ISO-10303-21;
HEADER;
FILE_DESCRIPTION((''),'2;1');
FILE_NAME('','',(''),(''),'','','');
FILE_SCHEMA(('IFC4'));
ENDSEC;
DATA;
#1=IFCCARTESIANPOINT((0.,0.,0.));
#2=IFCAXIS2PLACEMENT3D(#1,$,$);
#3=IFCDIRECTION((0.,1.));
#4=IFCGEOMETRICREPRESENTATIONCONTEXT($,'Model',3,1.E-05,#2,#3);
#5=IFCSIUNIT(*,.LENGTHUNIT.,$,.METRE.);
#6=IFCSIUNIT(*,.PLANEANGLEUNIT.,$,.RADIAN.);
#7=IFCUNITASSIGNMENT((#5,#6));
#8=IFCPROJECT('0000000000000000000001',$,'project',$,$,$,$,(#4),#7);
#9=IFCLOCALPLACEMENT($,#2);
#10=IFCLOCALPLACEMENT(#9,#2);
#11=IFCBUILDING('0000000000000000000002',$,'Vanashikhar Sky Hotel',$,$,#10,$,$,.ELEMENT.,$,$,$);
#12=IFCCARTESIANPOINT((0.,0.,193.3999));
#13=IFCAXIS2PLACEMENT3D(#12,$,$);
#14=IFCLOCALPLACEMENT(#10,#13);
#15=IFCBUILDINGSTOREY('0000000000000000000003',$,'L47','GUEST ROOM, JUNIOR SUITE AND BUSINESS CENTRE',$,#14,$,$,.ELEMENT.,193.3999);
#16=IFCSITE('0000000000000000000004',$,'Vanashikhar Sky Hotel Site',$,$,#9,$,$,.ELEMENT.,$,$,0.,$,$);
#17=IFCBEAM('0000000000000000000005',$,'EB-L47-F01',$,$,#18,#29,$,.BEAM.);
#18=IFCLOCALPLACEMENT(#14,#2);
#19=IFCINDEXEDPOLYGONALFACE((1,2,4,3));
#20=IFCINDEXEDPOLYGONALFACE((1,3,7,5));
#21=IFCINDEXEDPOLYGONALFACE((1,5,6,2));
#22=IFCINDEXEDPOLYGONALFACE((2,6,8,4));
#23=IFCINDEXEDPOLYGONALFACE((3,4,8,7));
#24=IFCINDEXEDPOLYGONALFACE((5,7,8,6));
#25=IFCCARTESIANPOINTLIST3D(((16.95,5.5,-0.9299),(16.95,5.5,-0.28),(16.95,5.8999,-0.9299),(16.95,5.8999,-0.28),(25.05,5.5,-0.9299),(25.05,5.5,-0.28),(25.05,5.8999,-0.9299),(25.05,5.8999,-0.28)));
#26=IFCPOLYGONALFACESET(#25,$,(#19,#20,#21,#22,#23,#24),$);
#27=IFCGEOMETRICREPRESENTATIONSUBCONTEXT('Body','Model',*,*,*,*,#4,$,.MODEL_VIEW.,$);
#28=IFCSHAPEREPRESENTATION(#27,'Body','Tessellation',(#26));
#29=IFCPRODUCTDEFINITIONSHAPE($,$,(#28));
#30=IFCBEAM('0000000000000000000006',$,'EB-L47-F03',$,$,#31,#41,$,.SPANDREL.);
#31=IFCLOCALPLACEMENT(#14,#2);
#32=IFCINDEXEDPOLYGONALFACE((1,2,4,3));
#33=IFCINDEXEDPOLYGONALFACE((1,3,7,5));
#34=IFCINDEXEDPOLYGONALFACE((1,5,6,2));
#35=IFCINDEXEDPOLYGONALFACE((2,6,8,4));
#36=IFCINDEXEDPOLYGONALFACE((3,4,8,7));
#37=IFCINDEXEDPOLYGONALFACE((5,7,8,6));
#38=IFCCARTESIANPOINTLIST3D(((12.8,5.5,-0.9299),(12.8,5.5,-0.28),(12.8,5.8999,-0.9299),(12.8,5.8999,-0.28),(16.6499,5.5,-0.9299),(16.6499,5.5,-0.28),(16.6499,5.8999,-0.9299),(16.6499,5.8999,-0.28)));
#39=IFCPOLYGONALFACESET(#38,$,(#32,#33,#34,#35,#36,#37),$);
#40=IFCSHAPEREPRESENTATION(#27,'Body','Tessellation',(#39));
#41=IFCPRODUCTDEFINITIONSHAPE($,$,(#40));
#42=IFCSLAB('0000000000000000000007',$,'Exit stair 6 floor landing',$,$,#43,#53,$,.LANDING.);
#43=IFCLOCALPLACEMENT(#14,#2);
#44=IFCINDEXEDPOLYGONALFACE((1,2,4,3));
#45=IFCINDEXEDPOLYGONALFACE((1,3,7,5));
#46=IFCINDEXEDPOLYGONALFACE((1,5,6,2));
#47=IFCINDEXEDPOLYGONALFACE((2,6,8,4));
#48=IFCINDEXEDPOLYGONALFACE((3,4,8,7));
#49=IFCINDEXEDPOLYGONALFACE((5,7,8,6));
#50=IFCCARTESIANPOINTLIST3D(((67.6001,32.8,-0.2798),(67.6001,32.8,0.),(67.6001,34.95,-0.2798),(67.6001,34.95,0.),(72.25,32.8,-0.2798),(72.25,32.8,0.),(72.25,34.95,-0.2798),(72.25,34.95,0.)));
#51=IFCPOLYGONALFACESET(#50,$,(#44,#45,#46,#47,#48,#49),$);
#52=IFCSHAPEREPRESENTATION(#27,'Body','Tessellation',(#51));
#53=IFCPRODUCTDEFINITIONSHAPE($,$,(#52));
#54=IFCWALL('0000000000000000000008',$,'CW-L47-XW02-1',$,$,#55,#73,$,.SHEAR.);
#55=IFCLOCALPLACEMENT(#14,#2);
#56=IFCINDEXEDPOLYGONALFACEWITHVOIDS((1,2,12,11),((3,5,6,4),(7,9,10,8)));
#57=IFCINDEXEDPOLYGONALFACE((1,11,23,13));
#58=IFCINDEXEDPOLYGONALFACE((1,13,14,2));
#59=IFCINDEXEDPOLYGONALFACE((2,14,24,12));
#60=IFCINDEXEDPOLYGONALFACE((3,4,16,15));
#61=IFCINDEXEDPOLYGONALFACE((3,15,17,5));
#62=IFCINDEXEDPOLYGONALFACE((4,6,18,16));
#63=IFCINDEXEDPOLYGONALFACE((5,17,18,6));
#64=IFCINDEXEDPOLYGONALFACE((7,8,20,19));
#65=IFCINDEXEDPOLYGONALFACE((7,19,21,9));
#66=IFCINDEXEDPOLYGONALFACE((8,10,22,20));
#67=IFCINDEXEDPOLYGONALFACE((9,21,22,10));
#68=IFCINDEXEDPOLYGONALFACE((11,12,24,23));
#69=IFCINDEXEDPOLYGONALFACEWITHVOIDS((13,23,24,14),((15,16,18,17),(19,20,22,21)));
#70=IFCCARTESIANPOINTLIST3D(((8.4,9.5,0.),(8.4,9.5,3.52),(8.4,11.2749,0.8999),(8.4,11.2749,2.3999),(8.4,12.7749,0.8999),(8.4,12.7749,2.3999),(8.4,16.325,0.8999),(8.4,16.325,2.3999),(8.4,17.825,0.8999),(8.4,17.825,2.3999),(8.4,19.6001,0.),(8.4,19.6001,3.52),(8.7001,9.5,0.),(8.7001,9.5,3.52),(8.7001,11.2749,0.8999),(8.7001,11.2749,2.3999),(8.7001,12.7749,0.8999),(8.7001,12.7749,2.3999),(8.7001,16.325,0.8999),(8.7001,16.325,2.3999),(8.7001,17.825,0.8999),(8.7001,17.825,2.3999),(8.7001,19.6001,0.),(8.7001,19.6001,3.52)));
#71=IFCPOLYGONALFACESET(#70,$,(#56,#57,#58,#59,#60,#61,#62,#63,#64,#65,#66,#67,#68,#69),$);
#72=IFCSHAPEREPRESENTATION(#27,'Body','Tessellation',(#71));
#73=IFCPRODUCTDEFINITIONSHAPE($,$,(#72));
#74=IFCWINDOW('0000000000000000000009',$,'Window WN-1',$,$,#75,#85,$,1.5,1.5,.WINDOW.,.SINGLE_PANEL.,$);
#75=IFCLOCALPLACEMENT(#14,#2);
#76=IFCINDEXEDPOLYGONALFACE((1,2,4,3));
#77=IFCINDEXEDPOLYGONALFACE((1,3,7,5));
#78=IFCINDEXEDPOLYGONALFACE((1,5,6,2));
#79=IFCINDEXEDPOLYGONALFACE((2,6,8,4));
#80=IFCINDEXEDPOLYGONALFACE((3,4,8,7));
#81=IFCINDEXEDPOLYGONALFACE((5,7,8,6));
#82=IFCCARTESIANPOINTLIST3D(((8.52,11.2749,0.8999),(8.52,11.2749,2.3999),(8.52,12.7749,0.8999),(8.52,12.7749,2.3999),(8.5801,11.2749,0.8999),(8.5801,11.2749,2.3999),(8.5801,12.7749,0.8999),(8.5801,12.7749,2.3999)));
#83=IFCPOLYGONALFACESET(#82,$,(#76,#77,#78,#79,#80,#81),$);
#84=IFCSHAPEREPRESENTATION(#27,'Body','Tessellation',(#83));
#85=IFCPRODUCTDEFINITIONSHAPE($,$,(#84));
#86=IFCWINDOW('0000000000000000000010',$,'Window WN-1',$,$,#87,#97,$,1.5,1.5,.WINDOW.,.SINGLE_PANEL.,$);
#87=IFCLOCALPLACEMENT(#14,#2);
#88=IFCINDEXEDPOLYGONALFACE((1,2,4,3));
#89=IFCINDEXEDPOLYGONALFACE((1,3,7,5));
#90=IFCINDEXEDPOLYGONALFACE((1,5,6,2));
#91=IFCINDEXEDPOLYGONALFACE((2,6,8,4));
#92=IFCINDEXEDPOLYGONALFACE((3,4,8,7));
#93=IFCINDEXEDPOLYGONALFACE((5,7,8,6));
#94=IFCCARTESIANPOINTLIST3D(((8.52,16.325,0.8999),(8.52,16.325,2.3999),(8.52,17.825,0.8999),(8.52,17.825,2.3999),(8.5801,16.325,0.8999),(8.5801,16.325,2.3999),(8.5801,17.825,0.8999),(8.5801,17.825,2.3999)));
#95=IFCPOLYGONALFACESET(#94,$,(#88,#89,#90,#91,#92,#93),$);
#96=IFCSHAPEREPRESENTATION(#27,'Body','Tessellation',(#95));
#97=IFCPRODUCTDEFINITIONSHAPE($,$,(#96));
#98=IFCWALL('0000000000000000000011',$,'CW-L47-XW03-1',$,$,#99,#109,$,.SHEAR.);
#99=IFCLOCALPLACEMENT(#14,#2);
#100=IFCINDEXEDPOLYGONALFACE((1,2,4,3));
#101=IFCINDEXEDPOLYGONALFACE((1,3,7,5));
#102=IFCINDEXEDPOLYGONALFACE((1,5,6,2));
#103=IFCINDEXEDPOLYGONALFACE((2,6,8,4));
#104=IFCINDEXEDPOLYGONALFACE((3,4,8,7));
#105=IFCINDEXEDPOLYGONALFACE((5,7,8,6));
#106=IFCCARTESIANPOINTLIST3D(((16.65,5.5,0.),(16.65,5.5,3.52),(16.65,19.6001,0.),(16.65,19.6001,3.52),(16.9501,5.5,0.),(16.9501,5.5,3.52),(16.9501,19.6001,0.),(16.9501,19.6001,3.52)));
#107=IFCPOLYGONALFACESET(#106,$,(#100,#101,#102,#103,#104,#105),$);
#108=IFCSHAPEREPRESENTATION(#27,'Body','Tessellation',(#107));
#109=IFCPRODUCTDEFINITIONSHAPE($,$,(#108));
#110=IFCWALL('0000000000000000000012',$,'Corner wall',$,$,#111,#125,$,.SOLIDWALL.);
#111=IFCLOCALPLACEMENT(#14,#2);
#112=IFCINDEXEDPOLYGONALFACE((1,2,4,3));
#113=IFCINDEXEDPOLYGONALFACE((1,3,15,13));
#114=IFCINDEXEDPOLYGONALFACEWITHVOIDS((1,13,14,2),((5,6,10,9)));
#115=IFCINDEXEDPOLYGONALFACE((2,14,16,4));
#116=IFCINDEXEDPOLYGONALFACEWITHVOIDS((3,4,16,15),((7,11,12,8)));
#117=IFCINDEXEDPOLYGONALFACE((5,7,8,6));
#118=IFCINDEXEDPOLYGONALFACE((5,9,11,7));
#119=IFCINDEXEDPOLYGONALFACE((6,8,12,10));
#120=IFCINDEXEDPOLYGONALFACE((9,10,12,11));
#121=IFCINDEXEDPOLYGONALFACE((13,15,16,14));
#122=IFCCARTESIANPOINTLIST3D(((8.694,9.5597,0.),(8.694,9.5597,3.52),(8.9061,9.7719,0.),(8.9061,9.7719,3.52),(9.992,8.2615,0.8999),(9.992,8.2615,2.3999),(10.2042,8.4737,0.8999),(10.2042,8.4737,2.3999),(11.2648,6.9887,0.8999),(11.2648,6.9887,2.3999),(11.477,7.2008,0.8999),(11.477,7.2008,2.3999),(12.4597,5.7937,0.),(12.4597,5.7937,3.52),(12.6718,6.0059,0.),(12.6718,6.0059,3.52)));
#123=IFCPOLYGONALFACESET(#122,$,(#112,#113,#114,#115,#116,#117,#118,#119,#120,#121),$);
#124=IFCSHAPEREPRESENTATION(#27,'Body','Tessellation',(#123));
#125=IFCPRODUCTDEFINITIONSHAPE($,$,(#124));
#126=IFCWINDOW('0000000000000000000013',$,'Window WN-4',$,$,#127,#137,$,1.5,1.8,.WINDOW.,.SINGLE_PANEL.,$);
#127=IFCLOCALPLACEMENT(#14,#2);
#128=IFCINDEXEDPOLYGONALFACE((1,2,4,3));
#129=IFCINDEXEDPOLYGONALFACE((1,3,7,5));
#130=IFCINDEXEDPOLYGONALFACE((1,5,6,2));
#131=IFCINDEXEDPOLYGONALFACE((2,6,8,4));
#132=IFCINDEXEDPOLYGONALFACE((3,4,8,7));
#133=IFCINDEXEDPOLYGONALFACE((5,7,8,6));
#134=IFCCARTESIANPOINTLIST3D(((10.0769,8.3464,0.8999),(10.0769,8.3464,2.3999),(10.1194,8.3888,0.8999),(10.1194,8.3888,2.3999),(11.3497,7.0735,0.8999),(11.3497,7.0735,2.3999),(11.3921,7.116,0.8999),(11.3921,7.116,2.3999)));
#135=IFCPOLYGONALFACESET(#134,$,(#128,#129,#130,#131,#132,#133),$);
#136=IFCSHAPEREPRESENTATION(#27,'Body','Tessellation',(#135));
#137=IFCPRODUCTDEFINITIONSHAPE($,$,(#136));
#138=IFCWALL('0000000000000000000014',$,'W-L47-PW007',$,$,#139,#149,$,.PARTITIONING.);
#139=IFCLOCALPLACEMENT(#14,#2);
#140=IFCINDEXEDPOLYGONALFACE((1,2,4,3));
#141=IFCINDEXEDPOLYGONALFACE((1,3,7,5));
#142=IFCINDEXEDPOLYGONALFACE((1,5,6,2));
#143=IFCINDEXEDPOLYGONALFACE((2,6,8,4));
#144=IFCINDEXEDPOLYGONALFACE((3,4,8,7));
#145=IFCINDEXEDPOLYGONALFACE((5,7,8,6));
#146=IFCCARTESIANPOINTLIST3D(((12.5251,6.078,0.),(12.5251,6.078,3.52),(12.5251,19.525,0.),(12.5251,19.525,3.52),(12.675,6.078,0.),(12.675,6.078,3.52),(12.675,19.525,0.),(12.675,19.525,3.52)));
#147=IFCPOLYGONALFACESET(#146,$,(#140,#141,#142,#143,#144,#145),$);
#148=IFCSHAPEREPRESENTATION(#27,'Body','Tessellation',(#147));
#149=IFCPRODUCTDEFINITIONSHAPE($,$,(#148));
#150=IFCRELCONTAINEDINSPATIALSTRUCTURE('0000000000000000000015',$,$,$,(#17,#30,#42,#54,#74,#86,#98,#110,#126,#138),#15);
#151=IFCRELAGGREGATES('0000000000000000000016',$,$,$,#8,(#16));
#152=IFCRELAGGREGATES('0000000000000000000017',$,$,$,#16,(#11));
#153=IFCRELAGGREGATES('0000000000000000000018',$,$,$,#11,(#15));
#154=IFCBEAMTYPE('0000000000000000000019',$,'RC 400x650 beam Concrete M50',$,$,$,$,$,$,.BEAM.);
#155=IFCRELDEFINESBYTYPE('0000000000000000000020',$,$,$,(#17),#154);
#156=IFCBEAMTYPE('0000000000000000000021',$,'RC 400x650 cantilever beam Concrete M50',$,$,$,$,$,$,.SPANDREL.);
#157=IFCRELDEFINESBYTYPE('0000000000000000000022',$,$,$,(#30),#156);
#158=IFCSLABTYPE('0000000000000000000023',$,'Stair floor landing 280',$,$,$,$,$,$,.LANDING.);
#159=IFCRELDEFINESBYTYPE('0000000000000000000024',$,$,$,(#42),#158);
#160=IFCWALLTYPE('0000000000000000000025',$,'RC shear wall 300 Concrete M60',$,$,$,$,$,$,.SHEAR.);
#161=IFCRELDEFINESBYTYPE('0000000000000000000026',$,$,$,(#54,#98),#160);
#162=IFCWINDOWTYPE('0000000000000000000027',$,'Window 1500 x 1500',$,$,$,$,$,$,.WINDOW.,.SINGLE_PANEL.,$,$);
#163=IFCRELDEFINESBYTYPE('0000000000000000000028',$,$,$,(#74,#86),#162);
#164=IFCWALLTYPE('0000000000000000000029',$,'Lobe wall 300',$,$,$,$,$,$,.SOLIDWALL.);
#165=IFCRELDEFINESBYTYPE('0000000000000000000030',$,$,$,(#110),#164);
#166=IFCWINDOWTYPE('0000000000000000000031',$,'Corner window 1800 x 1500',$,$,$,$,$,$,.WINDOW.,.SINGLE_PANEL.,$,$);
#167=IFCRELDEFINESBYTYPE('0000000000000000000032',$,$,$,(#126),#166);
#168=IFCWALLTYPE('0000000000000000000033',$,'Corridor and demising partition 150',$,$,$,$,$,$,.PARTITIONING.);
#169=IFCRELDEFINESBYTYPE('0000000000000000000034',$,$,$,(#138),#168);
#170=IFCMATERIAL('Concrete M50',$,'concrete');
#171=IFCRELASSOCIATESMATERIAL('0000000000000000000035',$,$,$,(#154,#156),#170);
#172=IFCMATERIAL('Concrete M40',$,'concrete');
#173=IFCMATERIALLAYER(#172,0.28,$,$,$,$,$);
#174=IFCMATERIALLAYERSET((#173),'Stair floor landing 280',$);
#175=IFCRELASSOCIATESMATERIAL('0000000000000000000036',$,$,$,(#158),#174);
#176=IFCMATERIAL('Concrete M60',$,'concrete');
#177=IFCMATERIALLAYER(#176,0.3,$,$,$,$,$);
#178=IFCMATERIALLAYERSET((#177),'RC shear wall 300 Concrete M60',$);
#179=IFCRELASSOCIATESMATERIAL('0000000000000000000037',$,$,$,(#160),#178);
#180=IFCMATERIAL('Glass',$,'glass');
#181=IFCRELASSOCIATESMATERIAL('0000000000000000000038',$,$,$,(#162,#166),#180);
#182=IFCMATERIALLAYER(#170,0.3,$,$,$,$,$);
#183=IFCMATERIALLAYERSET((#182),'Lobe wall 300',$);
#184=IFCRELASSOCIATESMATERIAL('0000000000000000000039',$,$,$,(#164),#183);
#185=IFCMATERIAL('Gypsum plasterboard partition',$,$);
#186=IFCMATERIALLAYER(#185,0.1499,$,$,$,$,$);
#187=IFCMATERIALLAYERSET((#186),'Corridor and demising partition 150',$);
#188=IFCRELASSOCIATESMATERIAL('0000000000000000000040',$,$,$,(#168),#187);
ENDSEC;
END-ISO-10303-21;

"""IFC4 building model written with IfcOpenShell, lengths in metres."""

from ifc_helpers import new_model, si_unit, direction, frame, frame_2d, origin, origin_2d, place, context, subcontext, project, spatial, polyline, rectangle, outline, extrude, source, transform, mapped, material, layer, layer_set, material_profile, profile_set, type_object, element, fill, save


model = new_model("IFC4")

# Units and contexts
model_context = context("Model", 3, precision=1e-05, world=origin(), true_north=direction((0.0, 1.0)))
body_context = subcontext(model_context, "Body", "Model", "MODEL_VIEW")
ifc_project = project(units=[si_unit("LENGTHUNIT", "METRE"), si_unit("PLANEANGLEUNIT", "RADIAN")], contexts=[model_context])

# Site, building, storey
site_placement = place(None, origin())
site = spatial("IfcSite", under=ifc_project, at=site_placement, Name="Vanashikhar Sky Hotel Site", CompositionType="ELEMENT", RefElevation=0.0)
building_placement = place(site_placement, origin())
building = spatial("IfcBuilding", under=site, at=building_placement, Name="Vanashikhar Sky Hotel", CompositionType="ELEMENT")
storey_placement = place(building_placement, frame((0.0, 0.0, 193.3999)))
storey = spatial("IfcBuildingStorey", under=building, at=storey_placement, Name="L47", Description="GUEST ROOM, JUNIOR SUITE AND BUSINESS CENTRE", CompositionType="ELEMENT", Elevation=193.3999)

# Beams
ifc_material_1 = material(Name="Concrete M50", Category="concrete")
ifc_material_profile_1 = material_profile(ifc_material_1, rectangle(XDim=0.3999, YDim=0.6499, at=origin_2d()))
ifc_profile_set_1 = profile_set([ifc_material_profile_1], Name="RC 400x650 beam Concrete M50")
beam_type_1 = type_object("IfcBeamType", Name="RC 400x650 beam Concrete M50", PredefinedType="BEAM", material=ifc_profile_set_1)
shared_shape_1 = source(origin(), body_context, "Body", "SweptSolid", [
    extrude(rectangle(XDim=0.3999, YDim=0.6499, at=origin_2d()), origin(), (0.0, 0.0, 1.0), 8.1001),
])
beam_1_placement = place(storey_placement, frame((16.95, 5.7, -0.605), z_axis=(1.0, 0.0, 0.0), x_axis=(0.0, 1.0, 0.0)))
element("IfcBeam", 1, at=beam_1_placement, inside=storey, type_object=beam_type_1, Name="EB-L47-F01", PredefinedType="BEAM", context=body_context, shape_type="MappedRepresentation", body=[
    mapped(shared_shape_1, transform((0.0, 0.0, 0.0), scale=1.0)),
])
ifc_material_profile_2 = material_profile(ifc_material_1, rectangle(XDim=0.3999, YDim=0.6499, at=origin_2d()))
ifc_profile_set_2 = profile_set([ifc_material_profile_2], Name="RC 400x650 cantilever beam Concrete M50")
beam_type_2 = type_object("IfcBeamType", Name="RC 400x650 cantilever beam Concrete M50", PredefinedType="SPANDREL", material=ifc_profile_set_2)
shared_shape_2 = source(origin(), body_context, "Body", "SweptSolid", [
    extrude(rectangle(XDim=0.3999, YDim=0.6499, at=origin_2d()), origin(), (0.0, 0.0, 1.0), 3.8499),
])
beam_2_placement = place(storey_placement, frame((12.8, 5.7, -0.605), z_axis=(1.0, 0.0, 0.0), x_axis=(0.0, 1.0, 0.0)))
element("IfcBeam", 2, at=beam_2_placement, inside=storey, type_object=beam_type_2, Name="EB-L47-F03", PredefinedType="SPANDREL", context=body_context, shape_type="MappedRepresentation", body=[
    mapped(shared_shape_2, transform((0.0, 0.0, 0.0), scale=1.0)),
])

# Slab
ifc_material_2 = material(Name="Concrete M40", Category="concrete")
ifc_layer_1 = layer(ifc_material_2, 0.28)
ifc_layer_set_1 = layer_set([ifc_layer_1], Name="Stair floor landing 280")
slab_type = type_object("IfcSlabType", Name="Stair floor landing 280", PredefinedType="LANDING", material=ifc_layer_set_1)
shared_shape_3 = source(origin(), body_context, "Body", "SweptSolid", [
    extrude(outline(polyline([(72.25, 32.8), (72.25, 34.95), (67.6001, 34.95), (67.6001, 32.8), (72.25, 32.8)])), origin(), (0.0, 0.0, 1.0), 0.2798),
])
slab_placement = place(storey_placement, frame((0.0, 0.0, -0.2798)))
element("IfcSlab", 3, at=slab_placement, inside=storey, type_object=slab_type, Name="Exit stair 6 floor landing", PredefinedType="LANDING", context=body_context, shape_type="MappedRepresentation", body=[
    mapped(shared_shape_3, transform((0.0, 0.0, 0.0), scale=1.0)),
])

# Wall, openings, windows
ifc_material_3 = material(Name="Concrete M60", Category="concrete")
ifc_layer_2 = layer(ifc_material_3, 0.3)
ifc_layer_set_2 = layer_set([ifc_layer_2], Name="RC shear wall 300 Concrete M60")
wall_type_1 = type_object("IfcWallType", Name="RC shear wall 300 Concrete M60", PredefinedType="SHEAR", material=ifc_layer_set_2)
shared_shape_4 = source(origin(), body_context, "Body", "SweptSolid", [
    extrude(rectangle(XDim=10.1001, YDim=0.3, at=frame_2d((5.05, 0.0))), origin(), (0.0, 0.0, 1.0), 3.52),
])
wall_1_placement = place(storey_placement, frame((8.55, 9.5, 0.0), z_axis=(0.0, 0.0, 1.0), x_axis=(0.0, 1.0, 0.0)))
wall_1 = element("IfcWall", 4, at=wall_1_placement, inside=storey, type_object=wall_type_1, Name="CW-L47-XW02-1", PredefinedType="SHEAR", context=body_context, shape_type="MappedRepresentation", body=[
    mapped(shared_shape_4, transform((0.0, 0.0, 0.0), scale=1.0)),
])
shared_shape_5 = source(origin(), body_context, "Body", "SweptSolid", [
    extrude(rectangle(XDim=1.5, YDim=1.5, at=frame_2d((0.75, 0.75))), frame((0.0, 0.1602, 0.0), z_axis=(0.0, -1.0, 0.0), x_axis=(1.0, 0.0, 0.0)), (0.0, 0.0, 1.0), 0.3201),
])
opening_1_placement = place(wall_1_placement, frame((1.7749, 0.0, 0.8999)))
opening_1 = element("IfcOpeningElement", 5, at=opening_1_placement, cuts=wall_1, PredefinedType="OPENING", context=body_context, shape_type="MappedRepresentation", body=[
    mapped(shared_shape_5, transform((0.0, 0.0, 0.0), scale=1.0)),
])
opening_2_placement = place(wall_1_placement, frame((6.825, 0.0, 0.8999)))
opening_2 = element("IfcOpeningElement", 6, at=opening_2_placement, cuts=wall_1, PredefinedType="OPENING", context=body_context, shape_type="MappedRepresentation", body=[
    mapped(shared_shape_5, transform((0.0, 0.0, 0.0), scale=1.0)),
])
ifc_material_4 = material(Name="Glass", Category="glass")
window_type_1 = type_object("IfcWindowType", Name="Window 1500 x 1500", PartitioningType="SINGLE_PANEL", PredefinedType="WINDOW", material=ifc_material_4)
shared_shape_6 = source(origin(), body_context, "Body", "SweptSolid", [
    extrude(rectangle(XDim=1.5, YDim=1.5, at=frame_2d((0.75, 0.75))), frame((0.0, 0.03, 0.0), z_axis=(0.0, -1.0, 0.0), x_axis=(1.0, 0.0, 0.0)), (0.0, 0.0, 1.0), 0.0601),
])
window_1_placement = place(opening_1_placement, origin())
window_1 = element("IfcWindow", 7, at=window_1_placement, inside=storey, type_object=window_type_1, Name="Window WN-1", OverallHeight=1.5, OverallWidth=1.5, PartitioningType="SINGLE_PANEL", PredefinedType="WINDOW", context=body_context, shape_type="MappedRepresentation", body=[
    mapped(shared_shape_6, transform((0.0, 0.0, 0.0), scale=1.0)),
])
fill(opening_1, window_1)
window_2_placement = place(opening_2_placement, origin())
window_2 = element("IfcWindow", 8, at=window_2_placement, inside=storey, type_object=window_type_1, Name="Window WN-1", OverallHeight=1.5, OverallWidth=1.5, PartitioningType="SINGLE_PANEL", PredefinedType="WINDOW", context=body_context, shape_type="MappedRepresentation", body=[
    mapped(shared_shape_6, transform((0.0, 0.0, 0.0), scale=1.0)),
])
fill(opening_2, window_2)

# Wall
shared_shape_7 = source(origin(), body_context, "Body", "SweptSolid", [
    extrude(rectangle(XDim=14.1001, YDim=0.3, at=frame_2d((7.05, 0.0))), origin(), (0.0, 0.0, 1.0), 3.52),
])
wall_2_placement = place(storey_placement, frame((16.8, 5.5, 0.0), z_axis=(0.0, 0.0, 1.0), x_axis=(0.0, 1.0, 0.0)))
element("IfcWall", 9, at=wall_2_placement, inside=storey, type_object=wall_type_1, Name="CW-L47-XW03-1", PredefinedType="SHEAR", context=body_context, shape_type="MappedRepresentation", body=[
    mapped(shared_shape_7, transform((0.0, 0.0, 0.0), scale=1.0)),
])

# Wall, opening, window
ifc_layer_3 = layer(ifc_material_1, 0.3)
ifc_layer_set_3 = layer_set([ifc_layer_3], Name="Lobe wall 300")
wall_type_2 = type_object("IfcWallType", Name="Lobe wall 300", PredefinedType="SOLIDWALL", material=ifc_layer_set_3)
shared_shape_8 = source(origin(), body_context, "Body", "SweptSolid", [
    extrude(rectangle(XDim=5.3257, YDim=0.3, at=frame_2d((2.6628, 0.0))), origin(), (0.0, 0.0, 1.0), 3.52),
])
wall_3_placement = place(storey_placement, frame((8.8, 9.6658, 0.0), z_axis=(0.0, 0.0, 1.0), x_axis=(0.707084, -0.70713, 0.0)))
wall_3 = element("IfcWall", 10, at=wall_3_placement, inside=storey, type_object=wall_type_2, Name="Corner wall", PredefinedType="SOLIDWALL", context=body_context, shape_type="MappedRepresentation", body=[
    mapped(shared_shape_8, transform((0.0, 0.0, 0.0), scale=1.0)),
])
shared_shape_9 = source(origin(), body_context, "Body", "SweptSolid", [
    extrude(rectangle(XDim=1.8, YDim=1.5, at=frame_2d((0.8999, 0.75))), frame((0.0, 0.1602, 0.0), z_axis=(0.0, -1.0, 0.0), x_axis=(1.0, 0.0, 0.0)), (0.0, 0.0, 1.0), 0.3201),
])
opening_3_placement = place(wall_3_placement, frame((1.8359, 0.0, 0.8999)))
opening_3 = element("IfcOpeningElement", 11, at=opening_3_placement, cuts=wall_3, PredefinedType="OPENING", context=body_context, shape_type="MappedRepresentation", body=[
    mapped(shared_shape_9, transform((0.0, 0.0, 0.0), scale=1.0)),
])
window_type_2 = type_object("IfcWindowType", Name="Corner window 1800 x 1500", PartitioningType="SINGLE_PANEL", PredefinedType="WINDOW", material=ifc_material_4)
shared_shape_10 = source(origin(), body_context, "Body", "SweptSolid", [
    extrude(rectangle(XDim=1.8, YDim=1.5, at=frame_2d((0.8999, 0.75))), frame((0.0, 0.03, 0.0), z_axis=(0.0, -1.0, 0.0), x_axis=(1.0, 0.0, 0.0)), (0.0, 0.0, 1.0), 0.0601),
])
window_3_placement = place(opening_3_placement, origin())
window_3 = element("IfcWindow", 12, at=window_3_placement, inside=storey, type_object=window_type_2, Name="Window WN-4", OverallHeight=1.5, OverallWidth=1.8, PartitioningType="SINGLE_PANEL", PredefinedType="WINDOW", context=body_context, shape_type="MappedRepresentation", body=[
    mapped(shared_shape_10, transform((0.0, 0.0, 0.0), scale=1.0)),
])
fill(opening_3, window_3)

# Wall
ifc_material_5 = material(Name="Gypsum plasterboard partition")
ifc_layer_4 = layer(ifc_material_5, 0.1499)
ifc_layer_set_4 = layer_set([ifc_layer_4], Name="Corridor and demising partition 150")
wall_type_3 = type_object("IfcWallType", Name="Corridor and demising partition 150", PredefinedType="PARTITIONING", material=ifc_layer_set_4)
shared_shape_11 = source(origin(), body_context, "Body", "SweptSolid", [
    extrude(rectangle(XDim=13.447, YDim=0.1499, at=frame_2d((6.7236, 0.0))), origin(), (0.0, 0.0, 1.0), 3.52),
])
wall_4_placement = place(storey_placement, frame((12.6001, 6.0779, 0.0), z_axis=(0.0, 0.0, 1.0), x_axis=(0.0, 1.0, 0.0)))
element("IfcWall", 13, at=wall_4_placement, inside=storey, type_object=wall_type_3, Name="W-L47-PW007", PredefinedType="PARTITIONING", context=body_context, shape_type="MappedRepresentation", body=[
    mapped(shared_shape_11, transform((0.0, 0.0, 0.0), scale=1.0)),
])

save(model, "model.ifc")
